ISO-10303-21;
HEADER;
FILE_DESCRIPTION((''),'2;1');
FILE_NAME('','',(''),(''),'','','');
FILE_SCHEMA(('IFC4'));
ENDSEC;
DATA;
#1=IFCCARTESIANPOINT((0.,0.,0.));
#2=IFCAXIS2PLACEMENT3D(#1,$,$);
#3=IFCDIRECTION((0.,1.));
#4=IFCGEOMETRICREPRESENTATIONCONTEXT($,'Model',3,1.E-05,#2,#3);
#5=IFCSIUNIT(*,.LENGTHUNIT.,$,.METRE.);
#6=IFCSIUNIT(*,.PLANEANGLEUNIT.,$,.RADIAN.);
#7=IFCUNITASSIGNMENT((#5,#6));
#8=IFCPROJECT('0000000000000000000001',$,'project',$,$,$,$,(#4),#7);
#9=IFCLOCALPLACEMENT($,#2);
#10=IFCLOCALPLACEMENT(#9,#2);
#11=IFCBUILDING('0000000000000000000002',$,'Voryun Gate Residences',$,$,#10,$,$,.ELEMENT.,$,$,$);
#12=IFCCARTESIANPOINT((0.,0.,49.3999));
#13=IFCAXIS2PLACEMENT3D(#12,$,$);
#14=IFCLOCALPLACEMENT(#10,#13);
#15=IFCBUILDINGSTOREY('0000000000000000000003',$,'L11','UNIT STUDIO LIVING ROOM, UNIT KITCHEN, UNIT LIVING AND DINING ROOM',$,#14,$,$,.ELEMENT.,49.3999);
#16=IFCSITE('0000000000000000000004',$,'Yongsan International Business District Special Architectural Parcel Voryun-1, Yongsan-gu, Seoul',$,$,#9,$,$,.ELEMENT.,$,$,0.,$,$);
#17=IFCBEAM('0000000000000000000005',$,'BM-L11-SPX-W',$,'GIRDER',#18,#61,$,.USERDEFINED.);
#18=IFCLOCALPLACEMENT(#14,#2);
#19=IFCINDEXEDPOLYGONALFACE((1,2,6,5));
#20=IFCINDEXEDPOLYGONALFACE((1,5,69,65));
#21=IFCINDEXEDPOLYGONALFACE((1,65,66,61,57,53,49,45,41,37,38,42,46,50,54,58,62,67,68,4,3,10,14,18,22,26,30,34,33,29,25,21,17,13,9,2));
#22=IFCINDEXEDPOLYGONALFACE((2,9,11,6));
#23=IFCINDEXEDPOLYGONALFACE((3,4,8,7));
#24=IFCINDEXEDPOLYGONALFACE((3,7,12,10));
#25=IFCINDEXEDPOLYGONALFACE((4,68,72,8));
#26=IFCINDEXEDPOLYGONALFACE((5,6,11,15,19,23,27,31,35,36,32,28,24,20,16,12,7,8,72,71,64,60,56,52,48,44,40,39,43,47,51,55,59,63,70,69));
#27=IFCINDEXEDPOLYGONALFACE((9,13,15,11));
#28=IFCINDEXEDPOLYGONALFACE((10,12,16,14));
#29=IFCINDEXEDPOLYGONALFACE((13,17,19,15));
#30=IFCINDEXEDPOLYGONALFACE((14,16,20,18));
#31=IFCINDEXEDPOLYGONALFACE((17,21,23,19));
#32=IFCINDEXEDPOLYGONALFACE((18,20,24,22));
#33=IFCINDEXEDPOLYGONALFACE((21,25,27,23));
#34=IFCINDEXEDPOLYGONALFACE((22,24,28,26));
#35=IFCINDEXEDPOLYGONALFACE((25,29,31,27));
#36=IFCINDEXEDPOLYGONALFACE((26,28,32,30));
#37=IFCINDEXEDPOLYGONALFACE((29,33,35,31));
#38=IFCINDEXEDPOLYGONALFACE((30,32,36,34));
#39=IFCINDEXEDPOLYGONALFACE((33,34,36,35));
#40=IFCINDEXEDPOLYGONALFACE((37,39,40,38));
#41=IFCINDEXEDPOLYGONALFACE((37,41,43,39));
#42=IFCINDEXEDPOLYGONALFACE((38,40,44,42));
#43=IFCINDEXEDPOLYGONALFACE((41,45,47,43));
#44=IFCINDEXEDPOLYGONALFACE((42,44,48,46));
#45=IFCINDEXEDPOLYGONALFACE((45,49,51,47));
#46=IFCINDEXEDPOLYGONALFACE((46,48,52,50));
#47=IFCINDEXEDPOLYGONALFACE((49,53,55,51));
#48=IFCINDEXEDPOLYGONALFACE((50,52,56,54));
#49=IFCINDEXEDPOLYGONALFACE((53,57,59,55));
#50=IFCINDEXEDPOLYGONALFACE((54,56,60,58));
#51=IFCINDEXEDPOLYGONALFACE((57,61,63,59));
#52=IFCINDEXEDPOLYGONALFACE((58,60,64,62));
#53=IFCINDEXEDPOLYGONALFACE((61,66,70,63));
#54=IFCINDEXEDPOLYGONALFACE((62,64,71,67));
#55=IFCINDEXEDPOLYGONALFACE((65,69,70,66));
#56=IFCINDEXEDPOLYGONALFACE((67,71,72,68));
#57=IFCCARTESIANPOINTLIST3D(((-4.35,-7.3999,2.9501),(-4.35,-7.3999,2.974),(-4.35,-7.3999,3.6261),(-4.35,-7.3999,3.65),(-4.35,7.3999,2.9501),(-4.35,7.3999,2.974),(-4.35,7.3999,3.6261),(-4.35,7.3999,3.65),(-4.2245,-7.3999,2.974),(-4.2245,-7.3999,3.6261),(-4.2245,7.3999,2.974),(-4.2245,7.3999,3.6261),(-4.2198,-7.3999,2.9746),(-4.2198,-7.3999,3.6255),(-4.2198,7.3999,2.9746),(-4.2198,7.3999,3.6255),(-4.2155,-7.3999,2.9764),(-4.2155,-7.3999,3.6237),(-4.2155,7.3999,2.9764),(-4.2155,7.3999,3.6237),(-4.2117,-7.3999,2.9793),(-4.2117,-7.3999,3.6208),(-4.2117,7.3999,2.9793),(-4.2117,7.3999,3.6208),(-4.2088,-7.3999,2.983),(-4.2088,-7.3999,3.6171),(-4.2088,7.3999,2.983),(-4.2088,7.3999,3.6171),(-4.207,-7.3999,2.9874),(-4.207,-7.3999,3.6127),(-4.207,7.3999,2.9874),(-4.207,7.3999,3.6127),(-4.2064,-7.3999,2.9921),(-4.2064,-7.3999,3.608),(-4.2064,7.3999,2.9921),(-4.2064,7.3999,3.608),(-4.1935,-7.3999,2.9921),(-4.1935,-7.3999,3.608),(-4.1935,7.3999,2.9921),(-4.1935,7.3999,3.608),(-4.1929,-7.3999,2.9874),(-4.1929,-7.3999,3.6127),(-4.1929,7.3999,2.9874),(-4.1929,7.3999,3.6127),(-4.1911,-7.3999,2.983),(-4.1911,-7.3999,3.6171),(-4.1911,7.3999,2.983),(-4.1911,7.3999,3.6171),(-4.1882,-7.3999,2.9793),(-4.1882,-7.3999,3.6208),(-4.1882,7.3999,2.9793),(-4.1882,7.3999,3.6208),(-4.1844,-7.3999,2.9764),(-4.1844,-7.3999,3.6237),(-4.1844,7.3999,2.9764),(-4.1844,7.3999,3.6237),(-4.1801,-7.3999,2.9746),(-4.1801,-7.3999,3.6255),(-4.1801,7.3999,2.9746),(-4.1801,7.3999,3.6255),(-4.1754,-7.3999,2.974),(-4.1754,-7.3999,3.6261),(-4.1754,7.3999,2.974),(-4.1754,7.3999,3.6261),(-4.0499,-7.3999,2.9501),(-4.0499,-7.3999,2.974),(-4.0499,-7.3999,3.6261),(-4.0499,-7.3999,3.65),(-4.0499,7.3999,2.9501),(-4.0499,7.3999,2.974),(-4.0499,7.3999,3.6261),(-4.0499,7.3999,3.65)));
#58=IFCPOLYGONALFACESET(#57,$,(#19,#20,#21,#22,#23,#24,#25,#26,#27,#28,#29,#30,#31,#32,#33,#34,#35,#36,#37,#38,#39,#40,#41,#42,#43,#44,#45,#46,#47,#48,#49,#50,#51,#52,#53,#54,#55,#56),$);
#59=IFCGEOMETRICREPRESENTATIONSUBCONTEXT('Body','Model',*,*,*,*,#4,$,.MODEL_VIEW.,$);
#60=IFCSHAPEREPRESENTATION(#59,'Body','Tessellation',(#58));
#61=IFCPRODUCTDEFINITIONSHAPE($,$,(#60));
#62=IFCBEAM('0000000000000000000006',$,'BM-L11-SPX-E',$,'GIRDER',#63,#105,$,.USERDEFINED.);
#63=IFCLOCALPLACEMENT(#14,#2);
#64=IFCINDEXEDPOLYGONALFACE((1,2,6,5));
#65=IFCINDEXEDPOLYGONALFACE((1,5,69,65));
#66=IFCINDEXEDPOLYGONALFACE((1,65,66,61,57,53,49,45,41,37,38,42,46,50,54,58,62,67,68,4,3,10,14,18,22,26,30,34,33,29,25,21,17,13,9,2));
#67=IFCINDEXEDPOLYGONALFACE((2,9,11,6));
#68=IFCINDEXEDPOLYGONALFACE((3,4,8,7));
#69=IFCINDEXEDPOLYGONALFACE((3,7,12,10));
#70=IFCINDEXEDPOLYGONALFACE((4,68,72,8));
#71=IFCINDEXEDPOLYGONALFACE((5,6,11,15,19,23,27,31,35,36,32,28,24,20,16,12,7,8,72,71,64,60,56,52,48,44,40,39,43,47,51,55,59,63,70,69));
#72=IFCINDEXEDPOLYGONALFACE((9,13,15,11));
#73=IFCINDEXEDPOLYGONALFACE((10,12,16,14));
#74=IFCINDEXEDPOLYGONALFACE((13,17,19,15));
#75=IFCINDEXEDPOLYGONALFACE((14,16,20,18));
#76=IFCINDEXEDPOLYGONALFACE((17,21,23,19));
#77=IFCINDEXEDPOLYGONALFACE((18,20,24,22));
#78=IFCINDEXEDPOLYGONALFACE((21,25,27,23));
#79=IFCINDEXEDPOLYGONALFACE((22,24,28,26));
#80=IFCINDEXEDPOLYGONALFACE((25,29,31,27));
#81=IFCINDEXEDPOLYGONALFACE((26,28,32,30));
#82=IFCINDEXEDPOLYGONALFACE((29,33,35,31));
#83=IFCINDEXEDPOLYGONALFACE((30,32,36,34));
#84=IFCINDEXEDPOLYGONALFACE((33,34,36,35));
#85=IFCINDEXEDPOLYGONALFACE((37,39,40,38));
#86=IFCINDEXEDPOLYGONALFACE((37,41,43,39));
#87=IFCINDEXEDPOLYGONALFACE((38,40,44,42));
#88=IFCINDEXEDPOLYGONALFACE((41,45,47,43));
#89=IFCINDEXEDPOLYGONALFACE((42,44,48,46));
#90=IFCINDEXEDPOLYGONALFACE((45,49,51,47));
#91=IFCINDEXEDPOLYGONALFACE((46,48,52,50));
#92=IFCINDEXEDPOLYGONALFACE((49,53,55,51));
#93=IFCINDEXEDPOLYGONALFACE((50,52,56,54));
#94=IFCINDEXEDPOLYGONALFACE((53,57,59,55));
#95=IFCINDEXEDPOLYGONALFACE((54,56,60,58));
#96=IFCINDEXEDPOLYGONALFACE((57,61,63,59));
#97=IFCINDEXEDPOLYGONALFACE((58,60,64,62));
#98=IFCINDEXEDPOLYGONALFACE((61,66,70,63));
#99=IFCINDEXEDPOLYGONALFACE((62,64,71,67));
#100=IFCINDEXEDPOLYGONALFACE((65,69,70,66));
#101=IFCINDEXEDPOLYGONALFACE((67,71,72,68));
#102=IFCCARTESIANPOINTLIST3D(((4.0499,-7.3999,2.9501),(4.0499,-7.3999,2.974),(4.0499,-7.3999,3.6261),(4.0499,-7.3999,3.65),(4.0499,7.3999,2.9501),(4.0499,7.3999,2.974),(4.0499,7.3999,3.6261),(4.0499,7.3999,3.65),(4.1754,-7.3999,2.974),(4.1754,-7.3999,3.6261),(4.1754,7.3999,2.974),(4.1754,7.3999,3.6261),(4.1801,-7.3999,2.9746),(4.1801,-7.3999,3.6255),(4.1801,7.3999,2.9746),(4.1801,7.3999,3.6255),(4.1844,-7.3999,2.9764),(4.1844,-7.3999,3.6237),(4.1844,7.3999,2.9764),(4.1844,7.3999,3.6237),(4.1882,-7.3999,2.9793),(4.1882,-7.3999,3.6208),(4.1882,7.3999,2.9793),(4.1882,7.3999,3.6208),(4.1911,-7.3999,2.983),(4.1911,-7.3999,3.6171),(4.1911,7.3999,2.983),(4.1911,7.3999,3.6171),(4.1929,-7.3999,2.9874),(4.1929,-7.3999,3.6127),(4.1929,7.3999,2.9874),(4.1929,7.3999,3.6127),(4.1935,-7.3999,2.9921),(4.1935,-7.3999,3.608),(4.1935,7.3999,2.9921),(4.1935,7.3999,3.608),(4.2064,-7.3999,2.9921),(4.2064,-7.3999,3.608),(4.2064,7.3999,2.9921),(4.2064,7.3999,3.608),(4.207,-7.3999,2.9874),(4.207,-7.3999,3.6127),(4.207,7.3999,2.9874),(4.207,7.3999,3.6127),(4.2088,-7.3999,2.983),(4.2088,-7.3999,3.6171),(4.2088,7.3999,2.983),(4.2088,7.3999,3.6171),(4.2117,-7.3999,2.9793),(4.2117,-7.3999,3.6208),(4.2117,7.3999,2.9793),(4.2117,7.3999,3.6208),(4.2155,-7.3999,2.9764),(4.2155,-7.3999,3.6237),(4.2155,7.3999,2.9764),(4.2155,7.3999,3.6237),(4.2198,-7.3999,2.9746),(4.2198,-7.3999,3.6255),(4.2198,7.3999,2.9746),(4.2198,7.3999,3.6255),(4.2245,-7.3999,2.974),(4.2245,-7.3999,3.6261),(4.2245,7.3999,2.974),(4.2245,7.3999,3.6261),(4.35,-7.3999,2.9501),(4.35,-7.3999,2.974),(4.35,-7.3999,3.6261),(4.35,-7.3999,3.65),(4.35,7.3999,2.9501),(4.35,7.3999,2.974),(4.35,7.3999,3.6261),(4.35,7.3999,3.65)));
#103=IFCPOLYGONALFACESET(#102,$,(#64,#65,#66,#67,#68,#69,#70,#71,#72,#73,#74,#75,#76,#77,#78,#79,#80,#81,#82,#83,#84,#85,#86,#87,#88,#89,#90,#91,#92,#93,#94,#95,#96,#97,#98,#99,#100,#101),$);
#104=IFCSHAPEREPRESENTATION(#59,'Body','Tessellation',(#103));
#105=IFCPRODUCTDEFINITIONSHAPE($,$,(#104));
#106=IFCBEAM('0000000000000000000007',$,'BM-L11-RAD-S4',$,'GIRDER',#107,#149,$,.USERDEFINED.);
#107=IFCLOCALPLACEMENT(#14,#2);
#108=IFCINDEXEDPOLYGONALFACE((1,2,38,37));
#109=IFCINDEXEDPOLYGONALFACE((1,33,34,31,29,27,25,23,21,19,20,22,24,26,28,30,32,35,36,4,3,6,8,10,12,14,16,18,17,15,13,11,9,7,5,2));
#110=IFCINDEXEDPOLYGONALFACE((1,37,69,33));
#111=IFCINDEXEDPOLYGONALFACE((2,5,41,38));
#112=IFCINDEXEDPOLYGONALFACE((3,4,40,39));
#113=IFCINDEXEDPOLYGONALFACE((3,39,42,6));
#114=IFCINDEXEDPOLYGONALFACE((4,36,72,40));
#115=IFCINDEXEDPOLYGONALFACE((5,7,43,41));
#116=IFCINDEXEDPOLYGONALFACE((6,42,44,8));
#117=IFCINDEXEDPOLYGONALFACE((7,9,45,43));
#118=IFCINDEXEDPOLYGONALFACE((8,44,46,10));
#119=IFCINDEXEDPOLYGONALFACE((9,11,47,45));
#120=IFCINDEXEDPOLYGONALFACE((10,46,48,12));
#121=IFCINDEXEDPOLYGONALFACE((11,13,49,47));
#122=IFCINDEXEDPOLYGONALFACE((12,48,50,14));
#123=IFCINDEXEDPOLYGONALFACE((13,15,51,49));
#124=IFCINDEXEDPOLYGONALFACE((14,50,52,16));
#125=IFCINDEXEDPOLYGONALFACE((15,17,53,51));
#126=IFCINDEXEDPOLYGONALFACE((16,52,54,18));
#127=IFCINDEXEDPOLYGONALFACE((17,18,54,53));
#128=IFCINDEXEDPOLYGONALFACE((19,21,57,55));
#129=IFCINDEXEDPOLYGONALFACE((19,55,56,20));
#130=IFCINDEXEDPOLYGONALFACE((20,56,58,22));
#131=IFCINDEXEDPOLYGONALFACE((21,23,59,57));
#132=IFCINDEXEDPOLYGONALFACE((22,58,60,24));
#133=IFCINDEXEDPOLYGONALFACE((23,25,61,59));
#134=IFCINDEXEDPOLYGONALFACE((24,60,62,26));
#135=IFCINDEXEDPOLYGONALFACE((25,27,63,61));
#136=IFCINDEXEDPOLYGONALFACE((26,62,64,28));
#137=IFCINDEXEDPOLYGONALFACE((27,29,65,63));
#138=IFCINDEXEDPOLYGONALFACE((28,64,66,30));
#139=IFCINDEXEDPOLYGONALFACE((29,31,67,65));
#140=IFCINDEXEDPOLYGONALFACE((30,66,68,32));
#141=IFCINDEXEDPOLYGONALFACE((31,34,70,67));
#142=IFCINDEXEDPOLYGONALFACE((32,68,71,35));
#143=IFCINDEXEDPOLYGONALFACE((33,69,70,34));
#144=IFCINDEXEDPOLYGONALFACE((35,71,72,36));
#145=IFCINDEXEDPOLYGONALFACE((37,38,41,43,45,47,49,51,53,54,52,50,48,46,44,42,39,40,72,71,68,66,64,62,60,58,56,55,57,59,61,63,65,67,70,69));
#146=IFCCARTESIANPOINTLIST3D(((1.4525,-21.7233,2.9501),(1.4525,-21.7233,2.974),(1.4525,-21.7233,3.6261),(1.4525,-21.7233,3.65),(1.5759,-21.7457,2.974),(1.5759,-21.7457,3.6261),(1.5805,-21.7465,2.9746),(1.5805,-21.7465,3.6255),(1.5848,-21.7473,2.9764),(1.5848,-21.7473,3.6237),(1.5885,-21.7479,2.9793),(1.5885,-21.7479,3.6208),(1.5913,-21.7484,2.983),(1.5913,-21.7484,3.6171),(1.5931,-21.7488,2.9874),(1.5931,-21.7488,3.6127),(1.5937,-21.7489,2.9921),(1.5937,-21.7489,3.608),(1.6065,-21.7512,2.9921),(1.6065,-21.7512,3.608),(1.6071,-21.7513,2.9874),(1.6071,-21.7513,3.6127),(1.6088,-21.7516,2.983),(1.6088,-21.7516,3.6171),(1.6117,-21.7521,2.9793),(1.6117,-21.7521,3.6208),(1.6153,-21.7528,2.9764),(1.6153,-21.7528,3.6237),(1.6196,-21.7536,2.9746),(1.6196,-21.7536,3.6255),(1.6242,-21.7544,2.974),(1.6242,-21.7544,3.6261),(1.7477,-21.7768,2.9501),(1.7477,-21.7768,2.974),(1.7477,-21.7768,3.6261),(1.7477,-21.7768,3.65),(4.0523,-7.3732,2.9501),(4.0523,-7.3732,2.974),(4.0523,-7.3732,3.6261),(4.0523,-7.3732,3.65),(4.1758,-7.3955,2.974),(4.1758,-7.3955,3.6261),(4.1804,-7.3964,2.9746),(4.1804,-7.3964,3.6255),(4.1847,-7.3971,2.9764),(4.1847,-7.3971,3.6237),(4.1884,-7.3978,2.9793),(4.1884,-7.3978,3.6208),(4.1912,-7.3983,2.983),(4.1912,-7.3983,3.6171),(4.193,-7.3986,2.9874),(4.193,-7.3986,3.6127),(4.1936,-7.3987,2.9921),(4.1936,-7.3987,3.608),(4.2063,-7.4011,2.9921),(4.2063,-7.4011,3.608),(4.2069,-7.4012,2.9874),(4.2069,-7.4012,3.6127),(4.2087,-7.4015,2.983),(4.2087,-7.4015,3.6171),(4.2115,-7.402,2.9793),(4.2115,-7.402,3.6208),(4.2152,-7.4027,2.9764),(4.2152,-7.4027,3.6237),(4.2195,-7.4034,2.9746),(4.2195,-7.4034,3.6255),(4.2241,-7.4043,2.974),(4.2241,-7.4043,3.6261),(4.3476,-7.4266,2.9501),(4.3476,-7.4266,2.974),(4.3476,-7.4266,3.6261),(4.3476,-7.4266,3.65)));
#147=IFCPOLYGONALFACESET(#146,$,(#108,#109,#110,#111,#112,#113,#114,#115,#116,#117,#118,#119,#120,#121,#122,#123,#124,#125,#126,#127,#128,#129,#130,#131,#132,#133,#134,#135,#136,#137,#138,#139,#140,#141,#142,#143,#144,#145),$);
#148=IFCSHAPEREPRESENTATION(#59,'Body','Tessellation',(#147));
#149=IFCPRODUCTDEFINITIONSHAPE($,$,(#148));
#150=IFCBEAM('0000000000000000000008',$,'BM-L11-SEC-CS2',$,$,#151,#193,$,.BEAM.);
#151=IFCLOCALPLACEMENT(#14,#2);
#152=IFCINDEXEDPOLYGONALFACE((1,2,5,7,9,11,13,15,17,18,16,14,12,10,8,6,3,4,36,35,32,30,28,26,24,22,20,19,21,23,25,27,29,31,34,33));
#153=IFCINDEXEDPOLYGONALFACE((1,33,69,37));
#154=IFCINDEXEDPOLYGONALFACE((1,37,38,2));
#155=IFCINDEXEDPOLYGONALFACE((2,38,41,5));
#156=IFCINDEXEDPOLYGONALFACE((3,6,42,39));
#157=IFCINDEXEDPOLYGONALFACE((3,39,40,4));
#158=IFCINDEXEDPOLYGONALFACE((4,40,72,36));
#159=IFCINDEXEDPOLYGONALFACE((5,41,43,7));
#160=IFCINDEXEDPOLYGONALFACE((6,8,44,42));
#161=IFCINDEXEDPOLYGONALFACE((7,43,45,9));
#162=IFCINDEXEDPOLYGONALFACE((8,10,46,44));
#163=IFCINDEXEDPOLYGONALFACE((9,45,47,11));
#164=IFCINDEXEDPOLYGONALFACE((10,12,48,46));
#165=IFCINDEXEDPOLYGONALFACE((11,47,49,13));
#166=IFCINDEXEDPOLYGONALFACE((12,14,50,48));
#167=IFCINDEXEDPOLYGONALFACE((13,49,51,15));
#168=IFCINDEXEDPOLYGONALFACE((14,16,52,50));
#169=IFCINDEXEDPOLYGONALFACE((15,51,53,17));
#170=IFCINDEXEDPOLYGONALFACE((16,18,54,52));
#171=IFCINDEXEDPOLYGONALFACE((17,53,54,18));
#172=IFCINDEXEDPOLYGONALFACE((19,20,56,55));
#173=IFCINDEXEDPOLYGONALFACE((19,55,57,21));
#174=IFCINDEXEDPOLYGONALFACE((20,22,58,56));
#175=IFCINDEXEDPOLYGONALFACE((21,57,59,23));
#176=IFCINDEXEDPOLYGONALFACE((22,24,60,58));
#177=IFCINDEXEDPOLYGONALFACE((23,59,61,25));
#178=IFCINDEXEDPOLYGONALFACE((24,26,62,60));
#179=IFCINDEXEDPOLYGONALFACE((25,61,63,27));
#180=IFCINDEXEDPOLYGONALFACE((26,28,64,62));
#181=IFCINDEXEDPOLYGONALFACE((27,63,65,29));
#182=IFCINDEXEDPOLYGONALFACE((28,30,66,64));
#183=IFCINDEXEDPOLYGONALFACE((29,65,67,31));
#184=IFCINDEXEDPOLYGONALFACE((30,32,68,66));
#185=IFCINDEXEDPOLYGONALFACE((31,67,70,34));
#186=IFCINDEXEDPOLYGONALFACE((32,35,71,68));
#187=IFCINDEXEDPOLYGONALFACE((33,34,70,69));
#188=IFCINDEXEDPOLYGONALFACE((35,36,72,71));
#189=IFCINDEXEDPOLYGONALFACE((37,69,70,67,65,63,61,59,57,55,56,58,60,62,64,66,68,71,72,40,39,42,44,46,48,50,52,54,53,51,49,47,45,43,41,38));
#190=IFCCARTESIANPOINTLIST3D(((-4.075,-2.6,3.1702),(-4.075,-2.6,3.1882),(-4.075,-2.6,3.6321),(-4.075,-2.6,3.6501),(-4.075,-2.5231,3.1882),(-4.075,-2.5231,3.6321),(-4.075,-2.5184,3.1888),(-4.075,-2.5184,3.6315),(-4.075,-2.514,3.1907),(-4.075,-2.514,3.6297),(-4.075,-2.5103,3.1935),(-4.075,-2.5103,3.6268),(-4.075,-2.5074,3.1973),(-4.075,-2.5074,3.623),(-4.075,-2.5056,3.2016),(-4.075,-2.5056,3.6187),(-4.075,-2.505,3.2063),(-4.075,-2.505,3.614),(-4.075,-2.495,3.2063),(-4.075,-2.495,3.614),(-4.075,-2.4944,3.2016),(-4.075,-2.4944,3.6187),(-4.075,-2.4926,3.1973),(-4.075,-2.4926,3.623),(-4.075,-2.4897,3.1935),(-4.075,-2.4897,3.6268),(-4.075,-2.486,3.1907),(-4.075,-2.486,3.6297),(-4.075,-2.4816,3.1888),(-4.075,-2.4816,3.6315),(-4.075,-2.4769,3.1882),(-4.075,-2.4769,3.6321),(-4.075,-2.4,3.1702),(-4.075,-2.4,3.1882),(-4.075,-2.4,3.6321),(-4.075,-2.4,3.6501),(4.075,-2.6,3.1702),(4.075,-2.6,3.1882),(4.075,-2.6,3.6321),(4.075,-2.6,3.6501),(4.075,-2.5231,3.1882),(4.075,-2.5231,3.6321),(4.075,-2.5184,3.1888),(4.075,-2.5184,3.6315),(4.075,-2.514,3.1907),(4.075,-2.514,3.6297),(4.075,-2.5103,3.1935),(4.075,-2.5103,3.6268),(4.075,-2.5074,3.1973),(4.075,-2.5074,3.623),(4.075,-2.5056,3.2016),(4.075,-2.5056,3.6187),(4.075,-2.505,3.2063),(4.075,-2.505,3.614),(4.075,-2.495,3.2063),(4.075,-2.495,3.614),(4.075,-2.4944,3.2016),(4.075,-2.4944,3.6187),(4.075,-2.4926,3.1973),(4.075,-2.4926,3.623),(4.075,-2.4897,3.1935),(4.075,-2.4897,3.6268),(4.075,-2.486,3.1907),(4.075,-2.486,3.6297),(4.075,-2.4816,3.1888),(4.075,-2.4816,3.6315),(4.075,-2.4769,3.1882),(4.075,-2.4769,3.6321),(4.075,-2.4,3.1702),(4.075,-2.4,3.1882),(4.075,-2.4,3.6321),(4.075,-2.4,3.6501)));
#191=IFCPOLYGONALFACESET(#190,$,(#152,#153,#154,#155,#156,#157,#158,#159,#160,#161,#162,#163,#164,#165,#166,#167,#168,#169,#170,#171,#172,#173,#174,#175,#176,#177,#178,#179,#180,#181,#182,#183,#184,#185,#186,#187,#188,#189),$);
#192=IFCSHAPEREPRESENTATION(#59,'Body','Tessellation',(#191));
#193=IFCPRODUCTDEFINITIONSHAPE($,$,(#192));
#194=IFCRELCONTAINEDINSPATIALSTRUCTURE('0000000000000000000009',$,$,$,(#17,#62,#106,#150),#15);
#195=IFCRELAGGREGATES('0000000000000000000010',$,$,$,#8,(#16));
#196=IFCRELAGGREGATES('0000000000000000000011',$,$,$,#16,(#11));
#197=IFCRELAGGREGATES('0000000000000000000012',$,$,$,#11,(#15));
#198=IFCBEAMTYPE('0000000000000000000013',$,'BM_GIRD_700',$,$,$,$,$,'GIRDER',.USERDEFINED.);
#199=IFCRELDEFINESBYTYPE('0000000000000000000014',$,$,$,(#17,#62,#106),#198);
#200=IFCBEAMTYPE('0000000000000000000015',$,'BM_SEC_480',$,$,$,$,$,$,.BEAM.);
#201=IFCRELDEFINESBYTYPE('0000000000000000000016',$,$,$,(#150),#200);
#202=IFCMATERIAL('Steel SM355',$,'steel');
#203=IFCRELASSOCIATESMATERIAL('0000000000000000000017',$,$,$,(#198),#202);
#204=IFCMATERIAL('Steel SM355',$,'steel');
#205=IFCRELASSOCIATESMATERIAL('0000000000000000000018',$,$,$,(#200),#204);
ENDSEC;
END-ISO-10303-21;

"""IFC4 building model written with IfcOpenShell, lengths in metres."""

from ifc_helpers import new_model, si_unit, direction, frame, origin, origin_2d, place, context, subcontext, project, spatial, i_section, extrude, material, material_profile, profile_set, type_object, element, save


model = new_model("IFC4")

# Units and contexts
model_context = context("Model", 3, precision=1e-05, world=origin(), true_north=direction((0.0, 1.0)))
body_context = subcontext(model_context, "Body", "Model", "MODEL_VIEW")
ifc_project = project(units=[si_unit("LENGTHUNIT", "METRE"), si_unit("PLANEANGLEUNIT", "RADIAN")], contexts=[model_context])

# Site, building, storey
site_placement = place(None, origin())
site = spatial("IfcSite", under=ifc_project, at=site_placement, Name="Yongsan International Business District Special Architectural Parcel Voryun-1, Yongsan-gu, Seoul", CompositionType="ELEMENT", RefElevation=0.0)
building_placement = place(site_placement, origin())
building = spatial("IfcBuilding", under=site, at=building_placement, Name="Voryun Gate Residences", CompositionType="ELEMENT")
storey_placement = place(building_placement, frame((0.0, 0.0, 49.3999)))
storey = spatial("IfcBuildingStorey", under=building, at=storey_placement, Name="L11", Description="UNIT STUDIO LIVING ROOM, UNIT KITCHEN, UNIT LIVING AND DINING ROOM", CompositionType="ELEMENT", Elevation=49.3999)

# Beams
ifc_material_1 = material(Name="Steel SM355", Category="steel")
ifc_material_profile_1 = material_profile(ifc_material_1, i_section(OverallWidth=0.3, OverallDepth=0.7, WebThickness=0.0129, FlangeThickness=0.0239, FilletRadius=0.0181, at=origin_2d()), Name="H-700x300x13x24")
ifc_profile_set_1 = profile_set([ifc_material_profile_1], Name="Steel SM355")
beam_type_1 = type_object("IfcBeamType", Name="BM_GIRD_700", ElementType="GIRDER", PredefinedType="USERDEFINED", material=ifc_profile_set_1)
for number, where, z_axis, x_axis, name in (
    (1, (-4.2, -7.3999, 3.3), (0.0, 1.0, 0.0), (-1.0, 0.0, 0.0), "BM-L11-SPX-W"),
    (2, (4.2, -7.3999, 3.3), (0.0, 1.0, 0.0), (-1.0, 0.0, 0.0), "BM-L11-SPX-E"),
):
    element("IfcBeam", number, at=place(storey_placement, frame(where, z_axis=z_axis, x_axis=x_axis)), inside=storey, type_object=beam_type_1, Name=name, ObjectType="GIRDER", PredefinedType="USERDEFINED", context=body_context, shape_type="SweptSolid", body=[
        extrude(i_section(OverallWidth=0.3, OverallDepth=0.7, WebThickness=0.0129, FlangeThickness=0.0239, FilletRadius=0.0181, at=origin_2d()), origin(), (0.0, 0.0, 1.0), 14.7998),
    ])
beam_1_placement = place(storey_placement, frame((4.2, -7.3999, 3.3), z_axis=(-0.178271, -0.983981, 0.0), x_axis=(0.983981, -0.178271, 0.0)))
element("IfcBeam", 3, at=beam_1_placement, inside=storey, type_object=beam_type_1, Name="BM-L11-RAD-S4", ObjectType="GIRDER", PredefinedType="USERDEFINED", context=body_context, shape_type="SweptSolid", body=[
    extrude(i_section(OverallWidth=0.3, OverallDepth=0.7, WebThickness=0.0129, FlangeThickness=0.0239, FilletRadius=0.0181, at=origin_2d()), origin(), (0.0, 0.0, 1.0), 14.5837),
])
ifc_material_2 = material(Name="Steel SM355", Category="steel")
ifc_material_profile_2 = material_profile(ifc_material_2, i_section(OverallWidth=0.2, OverallDepth=0.48, WebThickness=0.01, FlangeThickness=0.0181, FilletRadius=0.0181, at=origin_2d()), Name="H-480x200x10x18")
ifc_profile_set_2 = profile_set([ifc_material_profile_2], Name="Steel SM355")
beam_type_2 = type_object("IfcBeamType", Name="BM_SEC_480", PredefinedType="BEAM", material=ifc_profile_set_2)
beam_2_placement = place(storey_placement, frame((-4.075, -2.5, 3.4102), z_axis=(1.0, 0.0, 0.0), x_axis=(0.0, 1.0, 0.0)))
element("IfcBeam", 4, at=beam_2_placement, inside=storey, type_object=beam_type_2, Name="BM-L11-SEC-CS2", PredefinedType="BEAM", context=body_context, shape_type="SweptSolid", body=[
    extrude(i_section(OverallWidth=0.2, OverallDepth=0.48, WebThickness=0.01, FlangeThickness=0.0181, FilletRadius=0.0181, at=origin_2d()), origin(), (0.0, 0.0, 1.0), 8.1499),
])

save(model, "model.ifc")
